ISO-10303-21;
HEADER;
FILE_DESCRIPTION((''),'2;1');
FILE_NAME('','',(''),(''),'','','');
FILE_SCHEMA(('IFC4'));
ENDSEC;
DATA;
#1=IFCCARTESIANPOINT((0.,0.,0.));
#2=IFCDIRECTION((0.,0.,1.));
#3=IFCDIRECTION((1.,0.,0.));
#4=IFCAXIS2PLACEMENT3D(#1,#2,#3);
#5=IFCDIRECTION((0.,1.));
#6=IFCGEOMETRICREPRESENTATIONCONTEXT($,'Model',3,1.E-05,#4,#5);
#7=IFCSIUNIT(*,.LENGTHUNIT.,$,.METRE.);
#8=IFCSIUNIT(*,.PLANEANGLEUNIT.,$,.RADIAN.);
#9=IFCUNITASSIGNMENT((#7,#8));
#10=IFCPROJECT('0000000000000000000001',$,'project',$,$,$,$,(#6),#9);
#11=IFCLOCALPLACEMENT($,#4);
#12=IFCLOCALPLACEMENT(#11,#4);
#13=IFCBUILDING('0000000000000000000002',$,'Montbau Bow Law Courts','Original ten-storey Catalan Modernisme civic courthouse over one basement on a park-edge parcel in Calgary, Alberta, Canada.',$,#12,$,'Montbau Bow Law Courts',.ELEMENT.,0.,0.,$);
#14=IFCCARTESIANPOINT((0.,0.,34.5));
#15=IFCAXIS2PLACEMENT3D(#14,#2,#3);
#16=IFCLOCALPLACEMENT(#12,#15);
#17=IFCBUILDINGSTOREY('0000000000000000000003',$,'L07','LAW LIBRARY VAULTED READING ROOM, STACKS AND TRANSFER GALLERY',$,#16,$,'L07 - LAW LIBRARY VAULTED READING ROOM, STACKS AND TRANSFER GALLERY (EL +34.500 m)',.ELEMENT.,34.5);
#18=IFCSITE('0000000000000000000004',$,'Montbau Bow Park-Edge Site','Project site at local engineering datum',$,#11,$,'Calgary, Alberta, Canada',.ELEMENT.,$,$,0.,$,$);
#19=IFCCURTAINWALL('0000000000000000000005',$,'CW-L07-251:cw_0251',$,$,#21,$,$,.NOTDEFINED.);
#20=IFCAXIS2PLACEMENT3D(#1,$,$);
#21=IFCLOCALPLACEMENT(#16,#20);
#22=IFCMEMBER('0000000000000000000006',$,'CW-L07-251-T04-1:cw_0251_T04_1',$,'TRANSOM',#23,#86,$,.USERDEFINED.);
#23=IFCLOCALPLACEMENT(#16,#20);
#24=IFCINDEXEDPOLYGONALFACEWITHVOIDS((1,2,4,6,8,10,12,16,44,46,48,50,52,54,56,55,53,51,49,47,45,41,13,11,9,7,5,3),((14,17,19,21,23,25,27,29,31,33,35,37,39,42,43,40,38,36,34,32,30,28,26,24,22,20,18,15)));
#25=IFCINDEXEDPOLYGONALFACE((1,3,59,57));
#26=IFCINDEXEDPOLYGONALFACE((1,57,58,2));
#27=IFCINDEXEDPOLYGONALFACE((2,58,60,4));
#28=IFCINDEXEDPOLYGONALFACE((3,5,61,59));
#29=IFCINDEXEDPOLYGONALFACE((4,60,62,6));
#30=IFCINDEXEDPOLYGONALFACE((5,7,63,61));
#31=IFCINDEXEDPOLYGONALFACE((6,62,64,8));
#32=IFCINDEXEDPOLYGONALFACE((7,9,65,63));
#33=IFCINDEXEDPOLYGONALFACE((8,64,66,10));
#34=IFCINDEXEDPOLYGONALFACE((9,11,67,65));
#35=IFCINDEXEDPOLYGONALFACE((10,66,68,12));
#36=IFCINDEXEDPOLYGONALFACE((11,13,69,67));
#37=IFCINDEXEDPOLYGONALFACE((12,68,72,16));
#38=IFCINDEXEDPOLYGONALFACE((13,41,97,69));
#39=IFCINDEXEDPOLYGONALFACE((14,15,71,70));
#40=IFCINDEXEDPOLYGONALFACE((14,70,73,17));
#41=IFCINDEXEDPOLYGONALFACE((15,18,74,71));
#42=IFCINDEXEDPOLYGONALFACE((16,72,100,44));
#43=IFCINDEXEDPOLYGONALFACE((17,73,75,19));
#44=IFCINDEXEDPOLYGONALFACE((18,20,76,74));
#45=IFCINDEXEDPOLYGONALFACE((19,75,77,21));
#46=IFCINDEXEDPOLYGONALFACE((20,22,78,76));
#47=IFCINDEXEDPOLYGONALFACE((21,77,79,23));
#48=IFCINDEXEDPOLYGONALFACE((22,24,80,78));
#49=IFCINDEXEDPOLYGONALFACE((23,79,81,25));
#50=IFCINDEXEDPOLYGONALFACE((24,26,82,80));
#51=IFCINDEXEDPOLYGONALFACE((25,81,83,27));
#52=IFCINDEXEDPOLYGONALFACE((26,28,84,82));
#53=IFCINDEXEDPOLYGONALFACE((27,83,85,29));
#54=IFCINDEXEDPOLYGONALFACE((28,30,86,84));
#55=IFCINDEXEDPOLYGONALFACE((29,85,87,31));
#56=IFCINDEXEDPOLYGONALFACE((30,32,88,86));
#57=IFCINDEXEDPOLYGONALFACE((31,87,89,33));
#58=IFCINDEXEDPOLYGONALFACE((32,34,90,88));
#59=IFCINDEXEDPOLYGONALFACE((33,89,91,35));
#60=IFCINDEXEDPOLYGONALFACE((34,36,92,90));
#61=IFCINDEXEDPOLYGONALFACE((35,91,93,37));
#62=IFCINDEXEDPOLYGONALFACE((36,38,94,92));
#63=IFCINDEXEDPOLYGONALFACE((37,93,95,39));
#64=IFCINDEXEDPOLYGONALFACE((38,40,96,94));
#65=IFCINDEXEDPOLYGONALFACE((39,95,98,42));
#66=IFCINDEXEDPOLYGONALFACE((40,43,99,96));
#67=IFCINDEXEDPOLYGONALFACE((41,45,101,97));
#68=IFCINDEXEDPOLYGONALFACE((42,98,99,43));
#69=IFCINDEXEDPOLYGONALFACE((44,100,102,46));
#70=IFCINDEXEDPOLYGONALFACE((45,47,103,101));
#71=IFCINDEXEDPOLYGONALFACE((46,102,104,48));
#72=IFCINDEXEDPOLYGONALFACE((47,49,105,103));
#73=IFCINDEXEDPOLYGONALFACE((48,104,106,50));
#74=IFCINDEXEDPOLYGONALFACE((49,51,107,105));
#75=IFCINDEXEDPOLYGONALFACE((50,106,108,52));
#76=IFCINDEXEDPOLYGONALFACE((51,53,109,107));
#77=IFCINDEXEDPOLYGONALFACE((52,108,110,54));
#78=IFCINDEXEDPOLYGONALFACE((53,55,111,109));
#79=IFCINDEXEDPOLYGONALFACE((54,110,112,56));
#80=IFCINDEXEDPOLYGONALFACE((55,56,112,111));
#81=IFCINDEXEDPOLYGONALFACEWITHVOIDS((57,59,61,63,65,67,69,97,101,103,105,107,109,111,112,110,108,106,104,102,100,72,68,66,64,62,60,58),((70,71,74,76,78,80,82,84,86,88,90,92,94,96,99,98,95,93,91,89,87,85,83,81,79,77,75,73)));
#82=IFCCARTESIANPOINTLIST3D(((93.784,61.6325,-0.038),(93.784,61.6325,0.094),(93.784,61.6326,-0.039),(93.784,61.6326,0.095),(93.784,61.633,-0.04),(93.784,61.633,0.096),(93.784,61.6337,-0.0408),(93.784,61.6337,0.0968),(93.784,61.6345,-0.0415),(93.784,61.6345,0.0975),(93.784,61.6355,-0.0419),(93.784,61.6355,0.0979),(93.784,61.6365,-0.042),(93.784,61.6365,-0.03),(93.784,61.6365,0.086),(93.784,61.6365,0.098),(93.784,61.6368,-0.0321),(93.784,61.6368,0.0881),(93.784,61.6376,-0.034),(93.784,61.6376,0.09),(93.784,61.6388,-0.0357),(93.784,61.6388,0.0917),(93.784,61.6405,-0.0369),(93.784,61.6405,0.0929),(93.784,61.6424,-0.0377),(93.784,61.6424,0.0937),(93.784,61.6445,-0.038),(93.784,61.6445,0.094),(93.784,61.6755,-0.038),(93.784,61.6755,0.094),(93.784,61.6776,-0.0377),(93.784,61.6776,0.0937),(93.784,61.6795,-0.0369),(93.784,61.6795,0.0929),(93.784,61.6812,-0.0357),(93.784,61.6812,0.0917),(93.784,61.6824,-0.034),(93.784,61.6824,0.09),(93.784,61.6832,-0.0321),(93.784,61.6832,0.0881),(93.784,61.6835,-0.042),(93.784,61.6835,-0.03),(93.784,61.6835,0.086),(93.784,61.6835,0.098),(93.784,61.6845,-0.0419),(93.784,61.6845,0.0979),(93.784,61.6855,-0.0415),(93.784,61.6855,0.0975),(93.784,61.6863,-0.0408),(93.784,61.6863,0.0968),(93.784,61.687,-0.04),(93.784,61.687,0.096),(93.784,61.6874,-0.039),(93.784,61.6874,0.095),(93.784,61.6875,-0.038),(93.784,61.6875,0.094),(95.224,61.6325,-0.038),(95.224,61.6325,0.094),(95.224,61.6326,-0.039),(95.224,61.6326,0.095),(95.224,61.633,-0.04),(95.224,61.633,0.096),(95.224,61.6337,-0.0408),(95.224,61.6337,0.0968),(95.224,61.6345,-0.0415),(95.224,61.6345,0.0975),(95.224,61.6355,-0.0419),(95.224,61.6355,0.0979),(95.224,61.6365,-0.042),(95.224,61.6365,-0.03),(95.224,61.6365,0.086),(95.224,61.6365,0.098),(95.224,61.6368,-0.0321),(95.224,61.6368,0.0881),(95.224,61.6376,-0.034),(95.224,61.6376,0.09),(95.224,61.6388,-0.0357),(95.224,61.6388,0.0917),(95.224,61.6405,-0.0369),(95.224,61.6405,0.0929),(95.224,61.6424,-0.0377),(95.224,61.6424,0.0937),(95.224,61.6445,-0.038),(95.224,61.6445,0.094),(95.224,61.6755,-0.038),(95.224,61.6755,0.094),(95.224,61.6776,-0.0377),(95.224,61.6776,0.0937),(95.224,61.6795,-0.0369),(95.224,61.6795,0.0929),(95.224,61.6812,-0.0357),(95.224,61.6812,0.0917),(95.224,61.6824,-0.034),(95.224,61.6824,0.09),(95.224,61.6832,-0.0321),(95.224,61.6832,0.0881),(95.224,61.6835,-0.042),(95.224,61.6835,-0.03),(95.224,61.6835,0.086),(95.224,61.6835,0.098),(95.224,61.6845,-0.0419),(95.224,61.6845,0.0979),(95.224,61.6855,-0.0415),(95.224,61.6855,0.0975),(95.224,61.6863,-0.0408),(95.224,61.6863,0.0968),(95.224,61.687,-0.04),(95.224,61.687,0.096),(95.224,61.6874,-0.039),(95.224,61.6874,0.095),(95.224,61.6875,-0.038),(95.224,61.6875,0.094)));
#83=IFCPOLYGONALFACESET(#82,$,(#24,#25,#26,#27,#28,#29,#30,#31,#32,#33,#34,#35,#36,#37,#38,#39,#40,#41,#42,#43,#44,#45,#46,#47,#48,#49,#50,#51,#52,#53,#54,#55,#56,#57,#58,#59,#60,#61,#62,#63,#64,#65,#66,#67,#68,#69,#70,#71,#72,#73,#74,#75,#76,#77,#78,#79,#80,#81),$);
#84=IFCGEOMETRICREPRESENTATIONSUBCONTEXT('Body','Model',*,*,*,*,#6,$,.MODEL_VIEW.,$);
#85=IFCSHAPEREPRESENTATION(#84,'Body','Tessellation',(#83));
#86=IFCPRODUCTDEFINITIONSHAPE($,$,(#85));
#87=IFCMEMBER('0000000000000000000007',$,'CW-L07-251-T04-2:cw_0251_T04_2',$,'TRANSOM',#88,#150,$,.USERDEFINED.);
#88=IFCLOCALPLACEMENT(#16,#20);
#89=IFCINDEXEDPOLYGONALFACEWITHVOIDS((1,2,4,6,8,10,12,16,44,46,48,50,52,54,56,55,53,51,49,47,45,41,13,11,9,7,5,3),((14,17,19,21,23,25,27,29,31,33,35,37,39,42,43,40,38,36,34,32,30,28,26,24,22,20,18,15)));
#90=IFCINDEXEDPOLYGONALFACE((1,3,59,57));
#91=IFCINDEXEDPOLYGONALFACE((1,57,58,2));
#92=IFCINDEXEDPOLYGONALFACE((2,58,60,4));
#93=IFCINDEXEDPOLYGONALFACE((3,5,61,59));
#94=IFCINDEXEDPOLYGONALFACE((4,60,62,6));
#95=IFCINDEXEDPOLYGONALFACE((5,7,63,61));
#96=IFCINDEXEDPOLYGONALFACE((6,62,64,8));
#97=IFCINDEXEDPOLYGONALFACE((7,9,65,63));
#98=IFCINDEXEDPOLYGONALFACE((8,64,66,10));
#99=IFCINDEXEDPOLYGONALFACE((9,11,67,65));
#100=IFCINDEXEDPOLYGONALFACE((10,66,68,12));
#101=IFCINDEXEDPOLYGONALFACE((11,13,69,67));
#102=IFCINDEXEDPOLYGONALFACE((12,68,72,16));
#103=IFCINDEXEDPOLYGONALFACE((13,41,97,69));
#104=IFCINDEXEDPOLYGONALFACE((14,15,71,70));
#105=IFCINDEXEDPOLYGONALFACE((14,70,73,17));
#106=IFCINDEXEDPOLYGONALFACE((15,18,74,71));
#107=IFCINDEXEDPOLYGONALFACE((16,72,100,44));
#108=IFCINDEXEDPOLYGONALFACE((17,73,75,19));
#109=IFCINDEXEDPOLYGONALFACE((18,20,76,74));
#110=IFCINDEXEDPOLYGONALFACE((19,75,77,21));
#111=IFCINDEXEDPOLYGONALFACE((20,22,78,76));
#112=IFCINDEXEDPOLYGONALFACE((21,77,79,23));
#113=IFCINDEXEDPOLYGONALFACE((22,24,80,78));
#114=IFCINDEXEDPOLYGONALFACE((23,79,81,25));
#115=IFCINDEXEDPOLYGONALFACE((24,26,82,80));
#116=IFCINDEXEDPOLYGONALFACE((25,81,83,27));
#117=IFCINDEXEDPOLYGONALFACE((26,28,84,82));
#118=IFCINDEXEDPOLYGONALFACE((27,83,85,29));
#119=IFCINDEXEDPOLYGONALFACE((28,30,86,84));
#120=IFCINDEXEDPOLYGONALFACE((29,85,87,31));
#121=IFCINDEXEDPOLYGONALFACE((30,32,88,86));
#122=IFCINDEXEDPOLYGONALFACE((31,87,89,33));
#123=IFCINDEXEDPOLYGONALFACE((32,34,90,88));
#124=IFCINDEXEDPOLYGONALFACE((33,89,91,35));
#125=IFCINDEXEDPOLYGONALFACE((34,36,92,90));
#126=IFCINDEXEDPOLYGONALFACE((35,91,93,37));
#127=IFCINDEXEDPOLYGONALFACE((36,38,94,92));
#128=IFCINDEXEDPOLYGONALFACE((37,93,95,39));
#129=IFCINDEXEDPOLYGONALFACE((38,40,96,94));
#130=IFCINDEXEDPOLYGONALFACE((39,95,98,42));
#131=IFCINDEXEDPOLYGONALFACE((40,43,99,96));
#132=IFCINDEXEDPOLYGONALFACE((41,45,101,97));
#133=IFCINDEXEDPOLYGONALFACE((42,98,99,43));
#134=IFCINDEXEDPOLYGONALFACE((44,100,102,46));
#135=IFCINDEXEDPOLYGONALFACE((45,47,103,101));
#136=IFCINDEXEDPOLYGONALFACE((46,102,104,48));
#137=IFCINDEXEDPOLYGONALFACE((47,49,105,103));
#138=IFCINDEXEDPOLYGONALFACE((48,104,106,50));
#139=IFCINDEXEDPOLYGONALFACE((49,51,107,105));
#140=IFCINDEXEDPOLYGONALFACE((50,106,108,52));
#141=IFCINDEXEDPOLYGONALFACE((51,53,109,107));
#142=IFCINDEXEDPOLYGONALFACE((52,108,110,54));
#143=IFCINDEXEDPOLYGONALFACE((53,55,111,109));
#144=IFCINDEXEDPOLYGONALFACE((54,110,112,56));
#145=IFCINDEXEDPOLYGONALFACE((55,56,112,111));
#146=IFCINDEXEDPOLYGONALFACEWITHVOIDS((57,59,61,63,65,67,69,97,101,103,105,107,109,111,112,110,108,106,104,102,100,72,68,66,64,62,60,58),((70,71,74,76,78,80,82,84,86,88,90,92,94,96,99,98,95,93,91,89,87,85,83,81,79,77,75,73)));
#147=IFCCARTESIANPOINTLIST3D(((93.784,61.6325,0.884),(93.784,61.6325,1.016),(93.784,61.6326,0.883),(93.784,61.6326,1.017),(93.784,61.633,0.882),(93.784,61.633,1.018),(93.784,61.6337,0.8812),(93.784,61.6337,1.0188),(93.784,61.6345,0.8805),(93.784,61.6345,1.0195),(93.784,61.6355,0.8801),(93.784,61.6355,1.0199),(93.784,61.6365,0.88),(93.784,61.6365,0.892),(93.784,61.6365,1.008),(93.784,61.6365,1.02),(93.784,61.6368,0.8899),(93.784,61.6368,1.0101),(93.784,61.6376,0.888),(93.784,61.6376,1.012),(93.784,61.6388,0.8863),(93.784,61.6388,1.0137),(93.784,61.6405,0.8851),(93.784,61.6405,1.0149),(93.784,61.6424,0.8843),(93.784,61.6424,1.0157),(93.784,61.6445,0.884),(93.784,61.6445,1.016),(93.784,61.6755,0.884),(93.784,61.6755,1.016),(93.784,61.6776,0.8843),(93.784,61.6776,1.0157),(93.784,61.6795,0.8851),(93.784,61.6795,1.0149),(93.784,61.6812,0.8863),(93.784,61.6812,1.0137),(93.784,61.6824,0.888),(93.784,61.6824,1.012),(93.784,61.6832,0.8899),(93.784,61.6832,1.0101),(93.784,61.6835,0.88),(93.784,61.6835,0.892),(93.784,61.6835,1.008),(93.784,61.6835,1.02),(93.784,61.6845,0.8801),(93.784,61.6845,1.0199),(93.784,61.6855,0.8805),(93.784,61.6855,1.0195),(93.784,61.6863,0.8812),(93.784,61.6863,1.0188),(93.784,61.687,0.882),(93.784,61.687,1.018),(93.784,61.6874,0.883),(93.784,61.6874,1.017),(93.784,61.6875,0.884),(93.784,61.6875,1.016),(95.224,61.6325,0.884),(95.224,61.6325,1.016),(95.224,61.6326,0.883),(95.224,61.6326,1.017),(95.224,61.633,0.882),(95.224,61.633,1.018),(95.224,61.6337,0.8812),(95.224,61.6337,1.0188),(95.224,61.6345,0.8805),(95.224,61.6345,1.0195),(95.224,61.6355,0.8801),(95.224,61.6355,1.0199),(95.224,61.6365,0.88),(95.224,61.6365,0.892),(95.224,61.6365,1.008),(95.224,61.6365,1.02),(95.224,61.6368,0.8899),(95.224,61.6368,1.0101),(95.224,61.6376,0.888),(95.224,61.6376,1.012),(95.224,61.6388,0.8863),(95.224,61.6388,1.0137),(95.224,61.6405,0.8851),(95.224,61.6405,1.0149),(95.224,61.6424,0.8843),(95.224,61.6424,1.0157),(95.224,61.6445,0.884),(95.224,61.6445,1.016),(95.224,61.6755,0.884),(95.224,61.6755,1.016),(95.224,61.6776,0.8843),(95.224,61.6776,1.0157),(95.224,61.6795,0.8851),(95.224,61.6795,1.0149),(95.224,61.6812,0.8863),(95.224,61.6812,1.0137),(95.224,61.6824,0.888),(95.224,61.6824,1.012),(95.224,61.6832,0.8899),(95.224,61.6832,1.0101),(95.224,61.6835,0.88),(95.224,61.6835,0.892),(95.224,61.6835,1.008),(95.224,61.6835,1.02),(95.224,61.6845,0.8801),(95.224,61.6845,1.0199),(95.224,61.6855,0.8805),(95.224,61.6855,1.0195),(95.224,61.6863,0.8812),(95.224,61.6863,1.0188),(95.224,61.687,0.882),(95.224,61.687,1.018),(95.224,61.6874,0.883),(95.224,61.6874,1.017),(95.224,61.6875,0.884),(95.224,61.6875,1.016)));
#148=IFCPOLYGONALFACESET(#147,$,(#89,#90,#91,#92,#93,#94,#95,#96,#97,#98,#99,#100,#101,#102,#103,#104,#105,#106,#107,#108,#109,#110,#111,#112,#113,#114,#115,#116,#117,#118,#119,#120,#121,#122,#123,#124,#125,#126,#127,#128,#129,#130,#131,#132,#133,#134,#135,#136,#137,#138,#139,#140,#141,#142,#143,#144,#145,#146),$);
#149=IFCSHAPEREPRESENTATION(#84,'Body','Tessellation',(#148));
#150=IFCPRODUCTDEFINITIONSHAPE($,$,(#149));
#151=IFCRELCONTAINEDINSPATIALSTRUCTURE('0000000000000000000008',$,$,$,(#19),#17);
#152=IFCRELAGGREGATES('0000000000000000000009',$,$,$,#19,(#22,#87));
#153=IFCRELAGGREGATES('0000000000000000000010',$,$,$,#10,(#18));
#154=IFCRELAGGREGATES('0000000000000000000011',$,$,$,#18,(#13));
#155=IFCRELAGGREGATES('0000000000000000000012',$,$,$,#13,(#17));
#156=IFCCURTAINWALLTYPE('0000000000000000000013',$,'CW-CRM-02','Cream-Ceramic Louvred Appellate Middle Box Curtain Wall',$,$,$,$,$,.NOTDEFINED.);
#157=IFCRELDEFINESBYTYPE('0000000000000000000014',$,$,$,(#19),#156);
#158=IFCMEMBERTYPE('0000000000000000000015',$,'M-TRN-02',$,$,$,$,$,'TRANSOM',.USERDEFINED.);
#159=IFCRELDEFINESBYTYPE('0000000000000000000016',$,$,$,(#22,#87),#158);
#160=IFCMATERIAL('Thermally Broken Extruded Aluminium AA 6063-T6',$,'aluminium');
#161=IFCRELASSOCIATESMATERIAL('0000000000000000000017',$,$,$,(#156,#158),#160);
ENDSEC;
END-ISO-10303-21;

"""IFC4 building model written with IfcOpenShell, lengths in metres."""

from ifc_helpers import new_model, si_unit, direction, frame, origin_with_axes, origin_2d_with_axis, place, context, subcontext, project, spatial, hollow_rectangle, extrude, material, material_profile, profile_set, type_object, element, aggregate, save


model = new_model("IFC4")

# Units and contexts
model_context = context("Model", 3, precision=1e-05, world=origin_with_axes(), true_north=direction((0.0, 1.0)))
body_context = subcontext(model_context, "Body", "Model", "MODEL_VIEW")
ifc_project = project(units=[si_unit("LENGTHUNIT", "METRE"), si_unit("PLANEANGLEUNIT", "RADIAN")], contexts=[model_context])

# Site, building, storey
site_placement = place(None, origin_with_axes())
site = spatial("IfcSite", under=ifc_project, at=site_placement, Name="Montbau Bow Park-Edge Site", Description="Project site at local engineering datum", LongName="Calgary, Alberta, Canada", CompositionType="ELEMENT", RefElevation=0.0)
building_placement = place(site_placement, origin_with_axes())
building = spatial("IfcBuilding", under=site, at=building_placement, Name="Montbau Bow Law Courts", Description="Original ten-storey Catalan Modernisme civic courthouse over one basement on a park-edge parcel in Calgary, Alberta, Canada.", LongName="Montbau Bow Law Courts", CompositionType="ELEMENT", ElevationOfRefHeight=0.0, ElevationOfTerrain=0.0)
storey_placement = place(building_placement, frame((0.0, 0.0, 34.5), z_axis=(0.0, 0.0, 1.0), x_axis=(1.0, 0.0, 0.0)))
storey = spatial("IfcBuildingStorey", under=building, at=storey_placement, Name="L07", Description="LAW LIBRARY VAULTED READING ROOM, STACKS AND TRANSFER GALLERY", LongName="L07 - LAW LIBRARY VAULTED READING ROOM, STACKS AND TRANSFER GALLERY (EL +34.500 m)", CompositionType="ELEMENT", Elevation=34.5)

# Curtain wall
ifc_material_1 = material(Name="Thermally Broken Extruded Aluminium AA 6063-T6", Category="aluminium")
curtain_wall_type = type_object("IfcCurtainWallType", Name="CW-CRM-02", Description="Cream-Ceramic Louvred Appellate Middle Box Curtain Wall", PredefinedType="NOTDEFINED", material=ifc_material_1)
curtain_wall_1_placement = place(None, frame((89.24, 61.66, 34.5), z_axis=(0.0, 0.0, 1.0), x_axis=(1.0, 0.0, 0.0)))
curtain_wall_1 = element("IfcCurtainWall", 1, at=curtain_wall_1_placement, inside=storey, type_object=curtain_wall_type, Name="CW-L07-251:cw_0251", PredefinedType="NOTDEFINED")

# Members
ifc_material_profile_1 = material_profile(ifc_material_1, hollow_rectangle(XDim=0.055, YDim=0.14, WallThickness=0.004, InnerFilletRadius=0.008, OuterFilletRadius=0.004, at=origin_2d_with_axis()), Name="CWT-140X55", Category="Main", Priority=0)
ifc_profile_set_1 = profile_set([ifc_material_profile_1], Name="Thermally Broken Extruded Aluminium AA 6063-T6")
member_type_1 = type_object("IfcMemberType", Name="M-TRN-02", ElementType="TRANSOM", PredefinedType="USERDEFINED", material=ifc_profile_set_1)
member_1_placement = place(None, frame((93.784, 61.66, 34.528), z_axis=(1.0, 0.0, 0.0), x_axis=(0.0, 1.0, 0.0)))
member_1 = element("IfcMember", 2, at=member_1_placement, type_object=member_type_1, Name="CW-L07-251-T04-1:cw_0251_T04_1", ObjectType="TRANSOM", PredefinedType="USERDEFINED", context=body_context, shape_type="SweptSolid", body=[
    extrude(hollow_rectangle(XDim=0.055, YDim=0.14, WallThickness=0.004, InnerFilletRadius=0.008, OuterFilletRadius=0.004, at=origin_2d_with_axis()), origin_with_axes(), (0.0, 0.0, 1.0), 1.44),
])
member_2_placement = place(None, frame((93.784, 61.66, 35.45), z_axis=(1.0, 0.0, 0.0), x_axis=(0.0, 1.0, 0.0)))
member_2 = element("IfcMember", 3, at=member_2_placement, type_object=member_type_1, Name="CW-L07-251-T04-2:cw_0251_T04_2", ObjectType="TRANSOM", PredefinedType="USERDEFINED", context=body_context, shape_type="SweptSolid", body=[
    extrude(hollow_rectangle(XDim=0.055, YDim=0.14, WallThickness=0.004, InnerFilletRadius=0.008, OuterFilletRadius=0.004, at=origin_2d_with_axis()), origin_with_axes(), (0.0, 0.0, 1.0), 1.44),
])

aggregate(curtain_wall_1, [member_1, member_2])

save(model, "model.ifc")
